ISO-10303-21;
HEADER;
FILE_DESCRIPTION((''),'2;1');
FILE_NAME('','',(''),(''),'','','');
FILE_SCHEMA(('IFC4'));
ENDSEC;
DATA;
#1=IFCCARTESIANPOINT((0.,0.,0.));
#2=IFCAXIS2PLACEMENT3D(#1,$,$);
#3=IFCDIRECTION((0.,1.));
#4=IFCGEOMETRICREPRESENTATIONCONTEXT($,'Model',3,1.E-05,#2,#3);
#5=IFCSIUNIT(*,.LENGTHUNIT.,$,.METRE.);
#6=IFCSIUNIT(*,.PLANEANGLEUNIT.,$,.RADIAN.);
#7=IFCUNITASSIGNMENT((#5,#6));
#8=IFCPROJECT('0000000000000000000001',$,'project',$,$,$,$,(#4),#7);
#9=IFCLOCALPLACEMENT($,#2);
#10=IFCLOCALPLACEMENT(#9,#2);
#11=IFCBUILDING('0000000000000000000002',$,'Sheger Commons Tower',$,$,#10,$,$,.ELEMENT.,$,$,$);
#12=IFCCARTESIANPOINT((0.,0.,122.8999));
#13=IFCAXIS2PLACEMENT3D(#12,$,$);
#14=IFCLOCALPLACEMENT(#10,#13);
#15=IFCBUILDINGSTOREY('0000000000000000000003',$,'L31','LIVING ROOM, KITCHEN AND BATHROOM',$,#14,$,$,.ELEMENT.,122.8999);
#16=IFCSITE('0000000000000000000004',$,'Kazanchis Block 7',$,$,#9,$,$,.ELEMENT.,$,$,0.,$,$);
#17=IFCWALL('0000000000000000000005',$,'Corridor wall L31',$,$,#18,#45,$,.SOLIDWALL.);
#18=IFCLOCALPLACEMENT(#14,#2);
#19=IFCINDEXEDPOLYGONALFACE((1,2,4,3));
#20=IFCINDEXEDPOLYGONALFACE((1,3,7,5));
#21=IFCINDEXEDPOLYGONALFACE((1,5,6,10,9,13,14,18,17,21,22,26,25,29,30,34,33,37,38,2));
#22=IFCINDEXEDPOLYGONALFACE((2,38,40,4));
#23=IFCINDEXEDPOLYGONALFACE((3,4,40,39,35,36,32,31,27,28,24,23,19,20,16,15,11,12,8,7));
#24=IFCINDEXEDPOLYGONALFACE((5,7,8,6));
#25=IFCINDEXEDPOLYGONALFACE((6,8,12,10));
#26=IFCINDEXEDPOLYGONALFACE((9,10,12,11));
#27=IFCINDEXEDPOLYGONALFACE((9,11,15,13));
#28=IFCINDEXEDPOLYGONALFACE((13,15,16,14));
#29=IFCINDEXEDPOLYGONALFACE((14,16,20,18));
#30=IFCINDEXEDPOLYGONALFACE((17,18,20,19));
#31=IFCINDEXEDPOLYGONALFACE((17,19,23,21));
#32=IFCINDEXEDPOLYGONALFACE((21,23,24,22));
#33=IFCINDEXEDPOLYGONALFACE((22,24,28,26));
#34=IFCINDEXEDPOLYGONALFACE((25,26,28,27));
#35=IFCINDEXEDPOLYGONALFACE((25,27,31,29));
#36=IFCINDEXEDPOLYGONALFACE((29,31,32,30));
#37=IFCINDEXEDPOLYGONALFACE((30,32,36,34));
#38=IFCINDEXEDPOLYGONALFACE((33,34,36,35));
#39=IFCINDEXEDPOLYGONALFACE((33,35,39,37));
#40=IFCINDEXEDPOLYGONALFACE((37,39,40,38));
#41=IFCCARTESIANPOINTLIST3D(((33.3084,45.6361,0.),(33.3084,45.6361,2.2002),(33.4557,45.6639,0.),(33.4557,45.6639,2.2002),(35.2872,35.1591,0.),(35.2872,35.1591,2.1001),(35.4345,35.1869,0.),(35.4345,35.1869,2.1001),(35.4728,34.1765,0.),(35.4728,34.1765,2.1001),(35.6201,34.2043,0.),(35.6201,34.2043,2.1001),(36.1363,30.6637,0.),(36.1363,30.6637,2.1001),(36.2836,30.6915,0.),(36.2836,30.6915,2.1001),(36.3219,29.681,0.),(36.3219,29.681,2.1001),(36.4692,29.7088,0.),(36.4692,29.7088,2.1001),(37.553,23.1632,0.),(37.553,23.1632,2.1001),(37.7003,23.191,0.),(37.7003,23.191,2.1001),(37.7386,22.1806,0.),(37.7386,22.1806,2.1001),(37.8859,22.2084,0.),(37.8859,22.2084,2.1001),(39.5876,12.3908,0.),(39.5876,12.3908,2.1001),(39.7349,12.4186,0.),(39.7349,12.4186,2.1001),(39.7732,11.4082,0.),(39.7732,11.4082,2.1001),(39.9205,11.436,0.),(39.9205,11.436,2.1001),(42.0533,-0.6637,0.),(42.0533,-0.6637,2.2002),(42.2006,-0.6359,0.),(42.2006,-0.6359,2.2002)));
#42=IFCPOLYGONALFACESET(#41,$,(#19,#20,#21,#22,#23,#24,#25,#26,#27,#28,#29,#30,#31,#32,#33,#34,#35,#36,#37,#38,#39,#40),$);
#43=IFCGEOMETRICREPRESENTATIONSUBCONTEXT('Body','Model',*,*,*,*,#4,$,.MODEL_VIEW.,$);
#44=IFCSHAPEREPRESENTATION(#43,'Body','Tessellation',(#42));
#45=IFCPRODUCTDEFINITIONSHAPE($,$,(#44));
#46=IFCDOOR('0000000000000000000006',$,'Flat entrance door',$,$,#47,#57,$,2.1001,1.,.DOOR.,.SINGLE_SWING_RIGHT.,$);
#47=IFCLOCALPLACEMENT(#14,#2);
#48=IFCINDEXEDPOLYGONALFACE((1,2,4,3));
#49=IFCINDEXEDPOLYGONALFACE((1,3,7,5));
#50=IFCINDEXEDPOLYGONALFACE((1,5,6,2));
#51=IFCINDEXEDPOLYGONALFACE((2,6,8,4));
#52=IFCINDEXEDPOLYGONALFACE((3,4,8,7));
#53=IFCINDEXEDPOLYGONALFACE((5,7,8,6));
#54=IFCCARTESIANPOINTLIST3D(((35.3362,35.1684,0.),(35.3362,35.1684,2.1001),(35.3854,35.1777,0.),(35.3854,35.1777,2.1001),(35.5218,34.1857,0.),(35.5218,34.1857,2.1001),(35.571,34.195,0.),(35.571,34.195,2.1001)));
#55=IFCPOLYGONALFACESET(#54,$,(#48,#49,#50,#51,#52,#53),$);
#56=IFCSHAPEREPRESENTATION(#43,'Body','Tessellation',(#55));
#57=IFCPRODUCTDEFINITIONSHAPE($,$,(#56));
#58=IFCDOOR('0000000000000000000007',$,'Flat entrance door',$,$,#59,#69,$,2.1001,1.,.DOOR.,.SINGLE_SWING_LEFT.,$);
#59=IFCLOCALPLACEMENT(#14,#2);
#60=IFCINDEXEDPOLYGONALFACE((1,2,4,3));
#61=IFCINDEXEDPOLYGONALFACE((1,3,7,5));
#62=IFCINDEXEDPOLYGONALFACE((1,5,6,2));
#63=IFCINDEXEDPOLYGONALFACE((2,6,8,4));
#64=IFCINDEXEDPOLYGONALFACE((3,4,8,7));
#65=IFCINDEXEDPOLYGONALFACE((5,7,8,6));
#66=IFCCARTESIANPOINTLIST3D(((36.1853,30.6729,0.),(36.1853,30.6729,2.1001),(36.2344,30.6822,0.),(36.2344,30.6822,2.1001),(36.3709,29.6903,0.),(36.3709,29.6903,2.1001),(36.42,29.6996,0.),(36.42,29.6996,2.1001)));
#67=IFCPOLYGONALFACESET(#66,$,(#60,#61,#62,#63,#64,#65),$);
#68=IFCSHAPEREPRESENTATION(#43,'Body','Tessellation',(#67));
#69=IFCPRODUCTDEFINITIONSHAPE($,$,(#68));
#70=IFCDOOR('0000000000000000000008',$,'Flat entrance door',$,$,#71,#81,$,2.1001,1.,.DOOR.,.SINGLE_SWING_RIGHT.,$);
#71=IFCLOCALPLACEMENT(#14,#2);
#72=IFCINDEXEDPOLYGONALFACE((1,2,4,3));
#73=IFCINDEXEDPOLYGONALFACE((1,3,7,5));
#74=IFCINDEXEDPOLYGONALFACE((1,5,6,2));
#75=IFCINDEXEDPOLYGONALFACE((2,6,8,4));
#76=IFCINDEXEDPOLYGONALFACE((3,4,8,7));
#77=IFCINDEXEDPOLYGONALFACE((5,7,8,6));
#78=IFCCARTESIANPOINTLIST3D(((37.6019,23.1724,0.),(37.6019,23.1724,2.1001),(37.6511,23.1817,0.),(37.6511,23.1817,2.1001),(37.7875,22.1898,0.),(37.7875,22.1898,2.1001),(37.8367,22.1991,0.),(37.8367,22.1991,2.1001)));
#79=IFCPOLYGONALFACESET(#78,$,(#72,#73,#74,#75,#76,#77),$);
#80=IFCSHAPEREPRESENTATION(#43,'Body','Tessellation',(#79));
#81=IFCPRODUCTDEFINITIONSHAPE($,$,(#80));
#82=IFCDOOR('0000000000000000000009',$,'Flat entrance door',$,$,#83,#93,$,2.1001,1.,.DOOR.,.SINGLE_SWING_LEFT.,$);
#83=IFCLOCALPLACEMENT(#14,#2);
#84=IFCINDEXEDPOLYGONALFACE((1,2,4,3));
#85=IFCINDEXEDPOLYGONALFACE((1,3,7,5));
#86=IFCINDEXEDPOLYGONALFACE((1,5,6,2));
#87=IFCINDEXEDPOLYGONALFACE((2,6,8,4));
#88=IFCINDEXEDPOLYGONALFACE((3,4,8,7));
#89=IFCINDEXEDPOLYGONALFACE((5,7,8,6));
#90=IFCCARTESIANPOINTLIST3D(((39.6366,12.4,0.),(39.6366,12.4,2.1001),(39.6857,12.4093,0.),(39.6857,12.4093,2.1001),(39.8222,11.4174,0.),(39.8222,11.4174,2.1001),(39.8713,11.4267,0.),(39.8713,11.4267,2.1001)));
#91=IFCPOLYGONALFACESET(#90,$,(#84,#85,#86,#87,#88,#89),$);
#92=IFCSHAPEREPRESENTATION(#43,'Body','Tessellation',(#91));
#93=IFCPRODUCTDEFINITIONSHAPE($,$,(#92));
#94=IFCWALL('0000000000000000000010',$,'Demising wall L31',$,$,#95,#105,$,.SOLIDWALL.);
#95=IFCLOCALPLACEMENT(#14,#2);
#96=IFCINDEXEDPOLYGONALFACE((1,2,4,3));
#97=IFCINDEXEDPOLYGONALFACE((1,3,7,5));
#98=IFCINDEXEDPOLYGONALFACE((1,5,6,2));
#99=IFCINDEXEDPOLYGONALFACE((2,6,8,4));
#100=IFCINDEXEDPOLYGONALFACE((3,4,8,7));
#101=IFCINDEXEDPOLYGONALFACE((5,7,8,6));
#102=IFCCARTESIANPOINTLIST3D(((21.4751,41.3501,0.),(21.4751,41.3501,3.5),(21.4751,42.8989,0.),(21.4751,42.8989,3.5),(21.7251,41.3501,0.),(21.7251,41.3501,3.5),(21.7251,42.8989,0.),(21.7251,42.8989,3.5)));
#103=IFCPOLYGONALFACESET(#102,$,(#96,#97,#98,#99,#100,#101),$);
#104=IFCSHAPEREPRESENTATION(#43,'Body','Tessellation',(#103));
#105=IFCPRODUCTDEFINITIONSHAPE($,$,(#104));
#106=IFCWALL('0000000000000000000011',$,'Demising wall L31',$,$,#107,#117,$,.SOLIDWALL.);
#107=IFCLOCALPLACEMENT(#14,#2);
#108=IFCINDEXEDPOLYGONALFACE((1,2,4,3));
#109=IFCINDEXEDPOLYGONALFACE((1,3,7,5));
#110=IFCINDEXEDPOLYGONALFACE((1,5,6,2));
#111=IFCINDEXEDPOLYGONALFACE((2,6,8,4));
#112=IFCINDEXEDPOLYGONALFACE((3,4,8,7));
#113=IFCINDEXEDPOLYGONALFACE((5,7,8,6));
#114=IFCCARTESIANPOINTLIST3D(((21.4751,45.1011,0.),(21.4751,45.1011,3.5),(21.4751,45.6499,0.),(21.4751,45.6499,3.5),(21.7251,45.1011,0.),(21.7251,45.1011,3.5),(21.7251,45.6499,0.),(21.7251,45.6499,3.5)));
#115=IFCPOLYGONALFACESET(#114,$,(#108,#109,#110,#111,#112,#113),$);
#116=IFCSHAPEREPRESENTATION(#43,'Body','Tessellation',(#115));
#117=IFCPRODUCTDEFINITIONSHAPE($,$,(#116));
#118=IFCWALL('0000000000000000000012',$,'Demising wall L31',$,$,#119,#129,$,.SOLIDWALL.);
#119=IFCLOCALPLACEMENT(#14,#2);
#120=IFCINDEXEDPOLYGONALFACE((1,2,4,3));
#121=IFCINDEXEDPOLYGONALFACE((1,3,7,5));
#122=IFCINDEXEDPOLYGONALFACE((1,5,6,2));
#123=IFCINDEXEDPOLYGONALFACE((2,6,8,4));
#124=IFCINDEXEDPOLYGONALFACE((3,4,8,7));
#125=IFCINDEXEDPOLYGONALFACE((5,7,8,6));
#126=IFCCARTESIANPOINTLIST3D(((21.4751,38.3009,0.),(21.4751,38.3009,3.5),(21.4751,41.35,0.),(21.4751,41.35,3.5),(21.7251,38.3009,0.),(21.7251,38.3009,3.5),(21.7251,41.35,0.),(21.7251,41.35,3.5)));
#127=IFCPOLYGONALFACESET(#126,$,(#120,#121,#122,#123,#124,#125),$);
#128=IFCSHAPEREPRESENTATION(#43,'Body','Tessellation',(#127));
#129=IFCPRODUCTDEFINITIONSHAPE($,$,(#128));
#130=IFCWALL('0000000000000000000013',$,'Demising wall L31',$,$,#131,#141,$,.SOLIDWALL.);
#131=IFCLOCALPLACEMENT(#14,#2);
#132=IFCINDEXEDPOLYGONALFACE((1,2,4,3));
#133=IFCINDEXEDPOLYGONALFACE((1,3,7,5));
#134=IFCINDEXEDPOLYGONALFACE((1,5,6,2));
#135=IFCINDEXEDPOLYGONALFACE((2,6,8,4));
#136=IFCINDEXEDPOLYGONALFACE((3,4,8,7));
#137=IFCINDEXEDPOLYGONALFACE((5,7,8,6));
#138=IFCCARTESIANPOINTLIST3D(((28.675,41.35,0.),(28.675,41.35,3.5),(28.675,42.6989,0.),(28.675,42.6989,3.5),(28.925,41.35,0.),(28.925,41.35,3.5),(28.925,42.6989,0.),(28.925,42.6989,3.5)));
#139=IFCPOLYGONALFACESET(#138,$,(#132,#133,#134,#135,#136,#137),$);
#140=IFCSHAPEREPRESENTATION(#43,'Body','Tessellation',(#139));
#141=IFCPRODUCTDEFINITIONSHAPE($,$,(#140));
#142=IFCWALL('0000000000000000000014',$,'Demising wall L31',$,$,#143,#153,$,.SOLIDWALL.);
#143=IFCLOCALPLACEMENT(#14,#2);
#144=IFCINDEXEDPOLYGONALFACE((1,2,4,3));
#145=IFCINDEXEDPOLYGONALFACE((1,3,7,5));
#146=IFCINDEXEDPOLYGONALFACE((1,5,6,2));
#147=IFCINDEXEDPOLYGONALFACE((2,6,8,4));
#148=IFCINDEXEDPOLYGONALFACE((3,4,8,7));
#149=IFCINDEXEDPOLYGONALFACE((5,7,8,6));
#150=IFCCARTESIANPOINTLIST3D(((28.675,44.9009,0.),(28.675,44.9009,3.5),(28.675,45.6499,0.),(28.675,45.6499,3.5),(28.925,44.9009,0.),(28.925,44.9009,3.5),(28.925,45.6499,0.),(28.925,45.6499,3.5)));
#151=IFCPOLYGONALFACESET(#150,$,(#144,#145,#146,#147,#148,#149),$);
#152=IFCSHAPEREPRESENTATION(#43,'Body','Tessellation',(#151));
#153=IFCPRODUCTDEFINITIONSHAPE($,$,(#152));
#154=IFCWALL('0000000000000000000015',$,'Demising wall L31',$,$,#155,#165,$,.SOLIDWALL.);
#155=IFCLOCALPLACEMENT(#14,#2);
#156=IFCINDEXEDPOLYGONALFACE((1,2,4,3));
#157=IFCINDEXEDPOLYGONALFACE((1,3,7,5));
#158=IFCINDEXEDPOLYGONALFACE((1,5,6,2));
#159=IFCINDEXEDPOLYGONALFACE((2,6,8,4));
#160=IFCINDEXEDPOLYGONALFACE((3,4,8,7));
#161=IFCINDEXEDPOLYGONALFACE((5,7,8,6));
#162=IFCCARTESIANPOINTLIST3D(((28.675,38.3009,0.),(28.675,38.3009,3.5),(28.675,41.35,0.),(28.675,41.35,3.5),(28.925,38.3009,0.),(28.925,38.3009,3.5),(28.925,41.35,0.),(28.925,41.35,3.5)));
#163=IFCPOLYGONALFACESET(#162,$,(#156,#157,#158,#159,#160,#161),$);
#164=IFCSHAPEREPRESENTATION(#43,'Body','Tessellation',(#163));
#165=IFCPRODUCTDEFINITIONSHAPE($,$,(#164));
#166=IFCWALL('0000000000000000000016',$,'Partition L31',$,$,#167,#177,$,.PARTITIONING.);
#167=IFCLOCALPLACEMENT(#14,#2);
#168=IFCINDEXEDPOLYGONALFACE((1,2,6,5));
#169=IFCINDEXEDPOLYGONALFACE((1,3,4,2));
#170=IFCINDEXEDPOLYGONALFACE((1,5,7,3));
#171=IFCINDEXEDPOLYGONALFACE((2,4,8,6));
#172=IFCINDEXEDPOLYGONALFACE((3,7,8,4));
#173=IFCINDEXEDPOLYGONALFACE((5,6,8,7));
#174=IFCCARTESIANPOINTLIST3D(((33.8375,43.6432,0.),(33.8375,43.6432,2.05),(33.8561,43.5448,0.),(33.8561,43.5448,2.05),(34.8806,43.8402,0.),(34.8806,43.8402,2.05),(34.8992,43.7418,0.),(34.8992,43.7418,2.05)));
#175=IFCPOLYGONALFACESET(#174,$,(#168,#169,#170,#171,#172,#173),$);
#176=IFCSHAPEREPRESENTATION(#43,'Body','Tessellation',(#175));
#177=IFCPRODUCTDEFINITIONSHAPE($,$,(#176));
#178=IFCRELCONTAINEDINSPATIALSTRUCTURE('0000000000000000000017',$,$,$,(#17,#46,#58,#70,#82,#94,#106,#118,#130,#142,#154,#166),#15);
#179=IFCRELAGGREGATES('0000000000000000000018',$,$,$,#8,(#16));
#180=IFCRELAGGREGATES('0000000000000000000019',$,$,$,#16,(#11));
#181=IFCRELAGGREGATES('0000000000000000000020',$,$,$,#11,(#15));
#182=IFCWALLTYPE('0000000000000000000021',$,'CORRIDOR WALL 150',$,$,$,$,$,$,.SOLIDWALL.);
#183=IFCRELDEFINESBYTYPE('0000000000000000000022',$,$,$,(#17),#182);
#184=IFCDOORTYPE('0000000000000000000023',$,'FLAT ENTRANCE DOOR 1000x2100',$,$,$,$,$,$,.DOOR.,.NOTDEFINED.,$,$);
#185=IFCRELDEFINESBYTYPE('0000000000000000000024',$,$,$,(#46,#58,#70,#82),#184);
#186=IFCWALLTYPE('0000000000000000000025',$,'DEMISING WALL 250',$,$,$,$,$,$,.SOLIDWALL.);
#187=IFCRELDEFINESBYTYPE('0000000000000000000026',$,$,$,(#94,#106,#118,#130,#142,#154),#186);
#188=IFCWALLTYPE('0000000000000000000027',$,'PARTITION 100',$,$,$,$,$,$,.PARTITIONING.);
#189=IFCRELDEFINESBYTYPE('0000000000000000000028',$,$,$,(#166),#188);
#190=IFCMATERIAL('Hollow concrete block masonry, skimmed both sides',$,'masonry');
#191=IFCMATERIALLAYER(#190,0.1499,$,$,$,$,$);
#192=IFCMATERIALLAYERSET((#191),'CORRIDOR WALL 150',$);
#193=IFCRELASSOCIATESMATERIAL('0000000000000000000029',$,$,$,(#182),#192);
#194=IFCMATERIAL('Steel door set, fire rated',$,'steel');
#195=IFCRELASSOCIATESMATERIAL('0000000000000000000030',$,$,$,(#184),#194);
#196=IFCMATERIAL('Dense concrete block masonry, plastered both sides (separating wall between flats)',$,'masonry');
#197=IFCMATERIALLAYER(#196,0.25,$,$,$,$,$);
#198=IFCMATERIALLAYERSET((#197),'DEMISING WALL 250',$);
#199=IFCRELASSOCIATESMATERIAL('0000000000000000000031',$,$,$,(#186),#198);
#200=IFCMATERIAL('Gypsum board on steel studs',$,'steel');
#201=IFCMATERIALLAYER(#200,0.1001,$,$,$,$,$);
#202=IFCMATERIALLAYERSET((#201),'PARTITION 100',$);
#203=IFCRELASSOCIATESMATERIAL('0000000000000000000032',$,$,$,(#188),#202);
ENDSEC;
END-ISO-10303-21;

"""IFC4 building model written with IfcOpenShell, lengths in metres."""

from ifc_helpers import new_model, si_unit, direction, frame, frame_2d, origin, place, context, subcontext, project, spatial, rectangle, extrude, material, layer, layer_set, type_object, element, fill, save


model = new_model("IFC4")

# Units and contexts
model_context = context("Model", 3, precision=1e-05, world=origin(), true_north=direction((0.0, 1.0)))
body_context = subcontext(model_context, "Body", "Model", "MODEL_VIEW")
ifc_project = project(units=[si_unit("LENGTHUNIT", "METRE"), si_unit("PLANEANGLEUNIT", "RADIAN")], contexts=[model_context])

# Site, building, storey
site_placement = place(None, origin())
site = spatial("IfcSite", under=ifc_project, at=site_placement, Name="Kazanchis Block 7", CompositionType="ELEMENT", RefElevation=0.0)
building_placement = place(site_placement, origin())
building = spatial("IfcBuilding", under=site, at=building_placement, Name="Sheger Commons Tower", CompositionType="ELEMENT")
storey_placement = place(building_placement, frame((0.0, 0.0, 122.8999)))
storey = spatial("IfcBuildingStorey", under=building, at=storey_placement, Name="L31", Description="LIVING ROOM, KITCHEN AND BATHROOM", CompositionType="ELEMENT", Elevation=122.8999)

# Wall, openings, doors
ifc_material_1 = material(Name="Hollow concrete block masonry, skimmed both sides", Category="masonry")
ifc_layer_1 = layer(ifc_material_1, 0.1499)
ifc_layer_set_1 = layer_set([ifc_layer_1], Name="CORRIDOR WALL 150")
wall_type_1 = type_object("IfcWallType", Name="CORRIDOR WALL 150", PredefinedType="SOLIDWALL", material=ifc_layer_set_1)
wall_1_placement = place(storey_placement, frame((33.3821, 45.6499, 0.0), z_axis=(0.0, 0.0, 1.0), x_axis=(0.185594, -0.982627, 0.0)))
wall_1 = element("IfcWall", 1, at=wall_1_placement, inside=storey, type_object=wall_type_1, Name="Corridor wall L31", PredefinedType="SOLIDWALL", context=body_context, shape_type="SweptSolid", body=[
    extrude(rectangle(XDim=47.1184, YDim=0.1499, at=frame_2d((23.5591, 0.0))), origin(), (0.0, 0.0, 1.0), 2.2002),
])
opening_1_placement = place(wall_1_placement, frame((10.6621, 0.0, 0.0)))
opening_1 = element("IfcOpeningElement", 2, at=opening_1_placement, cuts=wall_1, PredefinedType="OPENING", context=body_context, shape_type="SweptSolid", body=[
    extrude(rectangle(XDim=1.0, YDim=2.1001, at=frame_2d((0.5, 1.05))), frame((0.0, 0.085, 0.0), z_axis=(0.0, -1.0, 0.0), x_axis=(1.0, 0.0, 0.0)), (0.0, 0.0, 1.0), 0.1699),
])
opening_2_placement = place(wall_1_placement, frame((15.2371, 0.0, 0.0)))
opening_2 = element("IfcOpeningElement", 3, at=opening_2_placement, cuts=wall_1, PredefinedType="OPENING", context=body_context, shape_type="SweptSolid", body=[
    extrude(rectangle(XDim=1.0, YDim=2.1001, at=frame_2d((0.5, 1.05))), frame((0.0, 0.085, 0.0), z_axis=(0.0, -1.0, 0.0), x_axis=(1.0, 0.0, 0.0)), (0.0, 0.0, 1.0), 0.1699),
])
opening_3_placement = place(wall_1_placement, frame((22.8701, 0.0, 0.0)))
opening_3 = element("IfcOpeningElement", 4, at=opening_3_placement, cuts=wall_1, PredefinedType="OPENING", context=body_context, shape_type="SweptSolid", body=[
    extrude(rectangle(XDim=1.0, YDim=2.1001, at=frame_2d((0.5, 1.05))), frame((0.0, 0.085, 0.0), z_axis=(0.0, -1.0, 0.0), x_axis=(1.0, 0.0, 0.0)), (0.0, 0.0, 1.0), 0.1699),
])
opening_4_placement = place(wall_1_placement, frame((33.833, 0.0, 0.0)))
opening_4 = element("IfcOpeningElement", 5, at=opening_4_placement, cuts=wall_1, PredefinedType="OPENING", context=body_context, shape_type="SweptSolid", body=[
    extrude(rectangle(XDim=1.0, YDim=2.1001, at=frame_2d((0.5, 1.05))), frame((0.0, 0.085, 0.0), z_axis=(0.0, -1.0, 0.0), x_axis=(1.0, 0.0, 0.0)), (0.0, 0.0, 1.0), 0.1699),
])
ifc_material_2 = material(Name="Steel door set, fire rated", Category="steel")
door_type_1 = type_object("IfcDoorType", Name="FLAT ENTRANCE DOOR 1000x2100", OperationType="NOTDEFINED", PredefinedType="DOOR", material=ifc_material_2)
door_1_placement = place(opening_1_placement, origin())
door_1 = element("IfcDoor", 6, at=door_1_placement, inside=storey, type_object=door_type_1, Name="Flat entrance door", OperationType="SINGLE_SWING_RIGHT", OverallHeight=2.1001, OverallWidth=1.0, PredefinedType="DOOR", context=body_context, shape_type="SweptSolid", body=[
    extrude(rectangle(XDim=1.0, YDim=2.1001, at=frame_2d((0.5, 1.05))), frame((0.0, 0.0249, 0.0), z_axis=(0.0, -1.0, 0.0), x_axis=(1.0, 0.0, 0.0)), (0.0, 0.0, 1.0), 0.05),
])
fill(opening_1, door_1)
door_2_placement = place(opening_2_placement, origin())
door_2 = element("IfcDoor", 7, at=door_2_placement, inside=storey, type_object=door_type_1, Name="Flat entrance door", OperationType="SINGLE_SWING_LEFT", OverallHeight=2.1001, OverallWidth=1.0, PredefinedType="DOOR", context=body_context, shape_type="SweptSolid", body=[
    extrude(rectangle(XDim=1.0, YDim=2.1001, at=frame_2d((0.5, 1.05))), frame((0.0, 0.0249, 0.0), z_axis=(0.0, -1.0, 0.0), x_axis=(1.0, 0.0, 0.0)), (0.0, 0.0, 1.0), 0.05),
])
fill(opening_2, door_2)
door_3_placement = place(opening_3_placement, origin())
door_3 = element("IfcDoor", 8, at=door_3_placement, inside=storey, type_object=door_type_1, Name="Flat entrance door", OperationType="SINGLE_SWING_RIGHT", OverallHeight=2.1001, OverallWidth=1.0, PredefinedType="DOOR", context=body_context, shape_type="SweptSolid", body=[
    extrude(rectangle(XDim=1.0, YDim=2.1001, at=frame_2d((0.5, 1.05))), frame((0.0, 0.0249, 0.0), z_axis=(0.0, -1.0, 0.0), x_axis=(1.0, 0.0, 0.0)), (0.0, 0.0, 1.0), 0.05),
])
fill(opening_3, door_3)
door_4_placement = place(opening_4_placement, origin())
door_4 = element("IfcDoor", 9, at=door_4_placement, inside=storey, type_object=door_type_1, Name="Flat entrance door", OperationType="SINGLE_SWING_LEFT", OverallHeight=2.1001, OverallWidth=1.0, PredefinedType="DOOR", context=body_context, shape_type="SweptSolid", body=[
    extrude(rectangle(XDim=1.0, YDim=2.1001, at=frame_2d((0.5, 1.05))), frame((0.0, 0.0249, 0.0), z_axis=(0.0, -1.0, 0.0), x_axis=(1.0, 0.0, 0.0)), (0.0, 0.0, 1.0), 0.05),
])
fill(opening_4, door_4)

# Walls
ifc_material_3 = material(Name="Dense concrete block masonry, plastered both sides (separating wall between flats)", Category="masonry")
ifc_layer_2 = layer(ifc_material_3, 0.25)
ifc_layer_set_2 = layer_set([ifc_layer_2], Name="DEMISING WALL 250")
wall_type_2 = type_object("IfcWallType", Name="DEMISING WALL 250", PredefinedType="SOLIDWALL", material=ifc_layer_set_2)
wall_2_placement = place(storey_placement, frame((21.6001, 41.3501, 0.0), z_axis=(0.0, 0.0, 1.0), x_axis=(0.0, 1.0, 0.0)))
element("IfcWall", 10, at=wall_2_placement, inside=storey, type_object=wall_type_2, Name="Demising wall L31", PredefinedType="SOLIDWALL", context=body_context, shape_type="SweptSolid", body=[
    extrude(rectangle(XDim=1.5488, YDim=0.25, at=frame_2d((0.7744, 0.0))), origin(), (0.0, 0.0, 1.0), 3.5),
])
wall_3_placement = place(storey_placement, frame((21.6001, 45.1011, 0.0), z_axis=(0.0, 0.0, 1.0), x_axis=(0.0, 1.0, 0.0)))
element("IfcWall", 11, at=wall_3_placement, inside=storey, type_object=wall_type_2, Name="Demising wall L31", PredefinedType="SOLIDWALL", context=body_context, shape_type="SweptSolid", body=[
    extrude(rectangle(XDim=0.5488, YDim=0.25, at=frame_2d((0.2744, 0.0))), origin(), (0.0, 0.0, 1.0), 3.5),
])
wall_4_placement = place(storey_placement, frame((21.6001, 38.301, 0.0), z_axis=(0.0, 0.0, 1.0), x_axis=(0.0, 1.0, 0.0)))
element("IfcWall", 12, at=wall_4_placement, inside=storey, type_object=wall_type_2, Name="Demising wall L31", PredefinedType="SOLIDWALL", context=body_context, shape_type="SweptSolid", body=[
    extrude(rectangle(XDim=3.0491, YDim=0.25, at=frame_2d((1.5244, 0.0))), origin(), (0.0, 0.0, 1.0), 3.5),
])
wall_5_placement = place(storey_placement, frame((28.8, 41.3501, 0.0), z_axis=(0.0, 0.0, 1.0), x_axis=(0.0, 1.0, 0.0)))
element("IfcWall", 13, at=wall_5_placement, inside=storey, type_object=wall_type_2, Name="Demising wall L31", PredefinedType="SOLIDWALL", context=body_context, shape_type="SweptSolid", body=[
    extrude(rectangle(XDim=1.3489, YDim=0.25, at=frame_2d((0.6743, 0.0))), origin(), (0.0, 0.0, 1.0), 3.5),
])
wall_6_placement = place(storey_placement, frame((28.8, 44.9009, 0.0), z_axis=(0.0, 0.0, 1.0), x_axis=(0.0, 1.0, 0.0)))
element("IfcWall", 14, at=wall_6_placement, inside=storey, type_object=wall_type_2, Name="Demising wall L31", PredefinedType="SOLIDWALL", context=body_context, shape_type="SweptSolid", body=[
    extrude(rectangle(XDim=0.749, YDim=0.25, at=frame_2d((0.3745, 0.0))), origin(), (0.0, 0.0, 1.0), 3.5),
])
wall_7_placement = place(storey_placement, frame((28.8, 38.301, 0.0), z_axis=(0.0, 0.0, 1.0), x_axis=(0.0, 1.0, 0.0)))
element("IfcWall", 15, at=wall_7_placement, inside=storey, type_object=wall_type_2, Name="Demising wall L31", PredefinedType="SOLIDWALL", context=body_context, shape_type="SweptSolid", body=[
    extrude(rectangle(XDim=3.0491, YDim=0.25, at=frame_2d((1.5244, 0.0))), origin(), (0.0, 0.0, 1.0), 3.5),
])
ifc_material_4 = material(Name="Gypsum board on steel studs", Category="steel")
ifc_layer_3 = layer(ifc_material_4, 0.1001)
ifc_layer_set_3 = layer_set([ifc_layer_3], Name="PARTITION 100")
wall_type_3 = type_object("IfcWallType", Name="PARTITION 100", PredefinedType="PARTITIONING", material=ifc_layer_set_3)
wall_8_placement = place(storey_placement, frame((34.8899, 43.791, 0.0), z_axis=(0.0, 0.0, 1.0), x_axis=(-0.982621, -0.185622, 0.0)))
element("IfcWall", 16, at=wall_8_placement, inside=storey, type_object=wall_type_3, Name="Partition L31", PredefinedType="PARTITIONING", context=body_context, shape_type="SweptSolid", body=[
    extrude(rectangle(XDim=1.0615, YDim=0.1001, at=frame_2d((0.5308, 0.0))), origin(), (0.0, 0.0, 1.0), 2.05),
])

save(model, "model.ifc")
